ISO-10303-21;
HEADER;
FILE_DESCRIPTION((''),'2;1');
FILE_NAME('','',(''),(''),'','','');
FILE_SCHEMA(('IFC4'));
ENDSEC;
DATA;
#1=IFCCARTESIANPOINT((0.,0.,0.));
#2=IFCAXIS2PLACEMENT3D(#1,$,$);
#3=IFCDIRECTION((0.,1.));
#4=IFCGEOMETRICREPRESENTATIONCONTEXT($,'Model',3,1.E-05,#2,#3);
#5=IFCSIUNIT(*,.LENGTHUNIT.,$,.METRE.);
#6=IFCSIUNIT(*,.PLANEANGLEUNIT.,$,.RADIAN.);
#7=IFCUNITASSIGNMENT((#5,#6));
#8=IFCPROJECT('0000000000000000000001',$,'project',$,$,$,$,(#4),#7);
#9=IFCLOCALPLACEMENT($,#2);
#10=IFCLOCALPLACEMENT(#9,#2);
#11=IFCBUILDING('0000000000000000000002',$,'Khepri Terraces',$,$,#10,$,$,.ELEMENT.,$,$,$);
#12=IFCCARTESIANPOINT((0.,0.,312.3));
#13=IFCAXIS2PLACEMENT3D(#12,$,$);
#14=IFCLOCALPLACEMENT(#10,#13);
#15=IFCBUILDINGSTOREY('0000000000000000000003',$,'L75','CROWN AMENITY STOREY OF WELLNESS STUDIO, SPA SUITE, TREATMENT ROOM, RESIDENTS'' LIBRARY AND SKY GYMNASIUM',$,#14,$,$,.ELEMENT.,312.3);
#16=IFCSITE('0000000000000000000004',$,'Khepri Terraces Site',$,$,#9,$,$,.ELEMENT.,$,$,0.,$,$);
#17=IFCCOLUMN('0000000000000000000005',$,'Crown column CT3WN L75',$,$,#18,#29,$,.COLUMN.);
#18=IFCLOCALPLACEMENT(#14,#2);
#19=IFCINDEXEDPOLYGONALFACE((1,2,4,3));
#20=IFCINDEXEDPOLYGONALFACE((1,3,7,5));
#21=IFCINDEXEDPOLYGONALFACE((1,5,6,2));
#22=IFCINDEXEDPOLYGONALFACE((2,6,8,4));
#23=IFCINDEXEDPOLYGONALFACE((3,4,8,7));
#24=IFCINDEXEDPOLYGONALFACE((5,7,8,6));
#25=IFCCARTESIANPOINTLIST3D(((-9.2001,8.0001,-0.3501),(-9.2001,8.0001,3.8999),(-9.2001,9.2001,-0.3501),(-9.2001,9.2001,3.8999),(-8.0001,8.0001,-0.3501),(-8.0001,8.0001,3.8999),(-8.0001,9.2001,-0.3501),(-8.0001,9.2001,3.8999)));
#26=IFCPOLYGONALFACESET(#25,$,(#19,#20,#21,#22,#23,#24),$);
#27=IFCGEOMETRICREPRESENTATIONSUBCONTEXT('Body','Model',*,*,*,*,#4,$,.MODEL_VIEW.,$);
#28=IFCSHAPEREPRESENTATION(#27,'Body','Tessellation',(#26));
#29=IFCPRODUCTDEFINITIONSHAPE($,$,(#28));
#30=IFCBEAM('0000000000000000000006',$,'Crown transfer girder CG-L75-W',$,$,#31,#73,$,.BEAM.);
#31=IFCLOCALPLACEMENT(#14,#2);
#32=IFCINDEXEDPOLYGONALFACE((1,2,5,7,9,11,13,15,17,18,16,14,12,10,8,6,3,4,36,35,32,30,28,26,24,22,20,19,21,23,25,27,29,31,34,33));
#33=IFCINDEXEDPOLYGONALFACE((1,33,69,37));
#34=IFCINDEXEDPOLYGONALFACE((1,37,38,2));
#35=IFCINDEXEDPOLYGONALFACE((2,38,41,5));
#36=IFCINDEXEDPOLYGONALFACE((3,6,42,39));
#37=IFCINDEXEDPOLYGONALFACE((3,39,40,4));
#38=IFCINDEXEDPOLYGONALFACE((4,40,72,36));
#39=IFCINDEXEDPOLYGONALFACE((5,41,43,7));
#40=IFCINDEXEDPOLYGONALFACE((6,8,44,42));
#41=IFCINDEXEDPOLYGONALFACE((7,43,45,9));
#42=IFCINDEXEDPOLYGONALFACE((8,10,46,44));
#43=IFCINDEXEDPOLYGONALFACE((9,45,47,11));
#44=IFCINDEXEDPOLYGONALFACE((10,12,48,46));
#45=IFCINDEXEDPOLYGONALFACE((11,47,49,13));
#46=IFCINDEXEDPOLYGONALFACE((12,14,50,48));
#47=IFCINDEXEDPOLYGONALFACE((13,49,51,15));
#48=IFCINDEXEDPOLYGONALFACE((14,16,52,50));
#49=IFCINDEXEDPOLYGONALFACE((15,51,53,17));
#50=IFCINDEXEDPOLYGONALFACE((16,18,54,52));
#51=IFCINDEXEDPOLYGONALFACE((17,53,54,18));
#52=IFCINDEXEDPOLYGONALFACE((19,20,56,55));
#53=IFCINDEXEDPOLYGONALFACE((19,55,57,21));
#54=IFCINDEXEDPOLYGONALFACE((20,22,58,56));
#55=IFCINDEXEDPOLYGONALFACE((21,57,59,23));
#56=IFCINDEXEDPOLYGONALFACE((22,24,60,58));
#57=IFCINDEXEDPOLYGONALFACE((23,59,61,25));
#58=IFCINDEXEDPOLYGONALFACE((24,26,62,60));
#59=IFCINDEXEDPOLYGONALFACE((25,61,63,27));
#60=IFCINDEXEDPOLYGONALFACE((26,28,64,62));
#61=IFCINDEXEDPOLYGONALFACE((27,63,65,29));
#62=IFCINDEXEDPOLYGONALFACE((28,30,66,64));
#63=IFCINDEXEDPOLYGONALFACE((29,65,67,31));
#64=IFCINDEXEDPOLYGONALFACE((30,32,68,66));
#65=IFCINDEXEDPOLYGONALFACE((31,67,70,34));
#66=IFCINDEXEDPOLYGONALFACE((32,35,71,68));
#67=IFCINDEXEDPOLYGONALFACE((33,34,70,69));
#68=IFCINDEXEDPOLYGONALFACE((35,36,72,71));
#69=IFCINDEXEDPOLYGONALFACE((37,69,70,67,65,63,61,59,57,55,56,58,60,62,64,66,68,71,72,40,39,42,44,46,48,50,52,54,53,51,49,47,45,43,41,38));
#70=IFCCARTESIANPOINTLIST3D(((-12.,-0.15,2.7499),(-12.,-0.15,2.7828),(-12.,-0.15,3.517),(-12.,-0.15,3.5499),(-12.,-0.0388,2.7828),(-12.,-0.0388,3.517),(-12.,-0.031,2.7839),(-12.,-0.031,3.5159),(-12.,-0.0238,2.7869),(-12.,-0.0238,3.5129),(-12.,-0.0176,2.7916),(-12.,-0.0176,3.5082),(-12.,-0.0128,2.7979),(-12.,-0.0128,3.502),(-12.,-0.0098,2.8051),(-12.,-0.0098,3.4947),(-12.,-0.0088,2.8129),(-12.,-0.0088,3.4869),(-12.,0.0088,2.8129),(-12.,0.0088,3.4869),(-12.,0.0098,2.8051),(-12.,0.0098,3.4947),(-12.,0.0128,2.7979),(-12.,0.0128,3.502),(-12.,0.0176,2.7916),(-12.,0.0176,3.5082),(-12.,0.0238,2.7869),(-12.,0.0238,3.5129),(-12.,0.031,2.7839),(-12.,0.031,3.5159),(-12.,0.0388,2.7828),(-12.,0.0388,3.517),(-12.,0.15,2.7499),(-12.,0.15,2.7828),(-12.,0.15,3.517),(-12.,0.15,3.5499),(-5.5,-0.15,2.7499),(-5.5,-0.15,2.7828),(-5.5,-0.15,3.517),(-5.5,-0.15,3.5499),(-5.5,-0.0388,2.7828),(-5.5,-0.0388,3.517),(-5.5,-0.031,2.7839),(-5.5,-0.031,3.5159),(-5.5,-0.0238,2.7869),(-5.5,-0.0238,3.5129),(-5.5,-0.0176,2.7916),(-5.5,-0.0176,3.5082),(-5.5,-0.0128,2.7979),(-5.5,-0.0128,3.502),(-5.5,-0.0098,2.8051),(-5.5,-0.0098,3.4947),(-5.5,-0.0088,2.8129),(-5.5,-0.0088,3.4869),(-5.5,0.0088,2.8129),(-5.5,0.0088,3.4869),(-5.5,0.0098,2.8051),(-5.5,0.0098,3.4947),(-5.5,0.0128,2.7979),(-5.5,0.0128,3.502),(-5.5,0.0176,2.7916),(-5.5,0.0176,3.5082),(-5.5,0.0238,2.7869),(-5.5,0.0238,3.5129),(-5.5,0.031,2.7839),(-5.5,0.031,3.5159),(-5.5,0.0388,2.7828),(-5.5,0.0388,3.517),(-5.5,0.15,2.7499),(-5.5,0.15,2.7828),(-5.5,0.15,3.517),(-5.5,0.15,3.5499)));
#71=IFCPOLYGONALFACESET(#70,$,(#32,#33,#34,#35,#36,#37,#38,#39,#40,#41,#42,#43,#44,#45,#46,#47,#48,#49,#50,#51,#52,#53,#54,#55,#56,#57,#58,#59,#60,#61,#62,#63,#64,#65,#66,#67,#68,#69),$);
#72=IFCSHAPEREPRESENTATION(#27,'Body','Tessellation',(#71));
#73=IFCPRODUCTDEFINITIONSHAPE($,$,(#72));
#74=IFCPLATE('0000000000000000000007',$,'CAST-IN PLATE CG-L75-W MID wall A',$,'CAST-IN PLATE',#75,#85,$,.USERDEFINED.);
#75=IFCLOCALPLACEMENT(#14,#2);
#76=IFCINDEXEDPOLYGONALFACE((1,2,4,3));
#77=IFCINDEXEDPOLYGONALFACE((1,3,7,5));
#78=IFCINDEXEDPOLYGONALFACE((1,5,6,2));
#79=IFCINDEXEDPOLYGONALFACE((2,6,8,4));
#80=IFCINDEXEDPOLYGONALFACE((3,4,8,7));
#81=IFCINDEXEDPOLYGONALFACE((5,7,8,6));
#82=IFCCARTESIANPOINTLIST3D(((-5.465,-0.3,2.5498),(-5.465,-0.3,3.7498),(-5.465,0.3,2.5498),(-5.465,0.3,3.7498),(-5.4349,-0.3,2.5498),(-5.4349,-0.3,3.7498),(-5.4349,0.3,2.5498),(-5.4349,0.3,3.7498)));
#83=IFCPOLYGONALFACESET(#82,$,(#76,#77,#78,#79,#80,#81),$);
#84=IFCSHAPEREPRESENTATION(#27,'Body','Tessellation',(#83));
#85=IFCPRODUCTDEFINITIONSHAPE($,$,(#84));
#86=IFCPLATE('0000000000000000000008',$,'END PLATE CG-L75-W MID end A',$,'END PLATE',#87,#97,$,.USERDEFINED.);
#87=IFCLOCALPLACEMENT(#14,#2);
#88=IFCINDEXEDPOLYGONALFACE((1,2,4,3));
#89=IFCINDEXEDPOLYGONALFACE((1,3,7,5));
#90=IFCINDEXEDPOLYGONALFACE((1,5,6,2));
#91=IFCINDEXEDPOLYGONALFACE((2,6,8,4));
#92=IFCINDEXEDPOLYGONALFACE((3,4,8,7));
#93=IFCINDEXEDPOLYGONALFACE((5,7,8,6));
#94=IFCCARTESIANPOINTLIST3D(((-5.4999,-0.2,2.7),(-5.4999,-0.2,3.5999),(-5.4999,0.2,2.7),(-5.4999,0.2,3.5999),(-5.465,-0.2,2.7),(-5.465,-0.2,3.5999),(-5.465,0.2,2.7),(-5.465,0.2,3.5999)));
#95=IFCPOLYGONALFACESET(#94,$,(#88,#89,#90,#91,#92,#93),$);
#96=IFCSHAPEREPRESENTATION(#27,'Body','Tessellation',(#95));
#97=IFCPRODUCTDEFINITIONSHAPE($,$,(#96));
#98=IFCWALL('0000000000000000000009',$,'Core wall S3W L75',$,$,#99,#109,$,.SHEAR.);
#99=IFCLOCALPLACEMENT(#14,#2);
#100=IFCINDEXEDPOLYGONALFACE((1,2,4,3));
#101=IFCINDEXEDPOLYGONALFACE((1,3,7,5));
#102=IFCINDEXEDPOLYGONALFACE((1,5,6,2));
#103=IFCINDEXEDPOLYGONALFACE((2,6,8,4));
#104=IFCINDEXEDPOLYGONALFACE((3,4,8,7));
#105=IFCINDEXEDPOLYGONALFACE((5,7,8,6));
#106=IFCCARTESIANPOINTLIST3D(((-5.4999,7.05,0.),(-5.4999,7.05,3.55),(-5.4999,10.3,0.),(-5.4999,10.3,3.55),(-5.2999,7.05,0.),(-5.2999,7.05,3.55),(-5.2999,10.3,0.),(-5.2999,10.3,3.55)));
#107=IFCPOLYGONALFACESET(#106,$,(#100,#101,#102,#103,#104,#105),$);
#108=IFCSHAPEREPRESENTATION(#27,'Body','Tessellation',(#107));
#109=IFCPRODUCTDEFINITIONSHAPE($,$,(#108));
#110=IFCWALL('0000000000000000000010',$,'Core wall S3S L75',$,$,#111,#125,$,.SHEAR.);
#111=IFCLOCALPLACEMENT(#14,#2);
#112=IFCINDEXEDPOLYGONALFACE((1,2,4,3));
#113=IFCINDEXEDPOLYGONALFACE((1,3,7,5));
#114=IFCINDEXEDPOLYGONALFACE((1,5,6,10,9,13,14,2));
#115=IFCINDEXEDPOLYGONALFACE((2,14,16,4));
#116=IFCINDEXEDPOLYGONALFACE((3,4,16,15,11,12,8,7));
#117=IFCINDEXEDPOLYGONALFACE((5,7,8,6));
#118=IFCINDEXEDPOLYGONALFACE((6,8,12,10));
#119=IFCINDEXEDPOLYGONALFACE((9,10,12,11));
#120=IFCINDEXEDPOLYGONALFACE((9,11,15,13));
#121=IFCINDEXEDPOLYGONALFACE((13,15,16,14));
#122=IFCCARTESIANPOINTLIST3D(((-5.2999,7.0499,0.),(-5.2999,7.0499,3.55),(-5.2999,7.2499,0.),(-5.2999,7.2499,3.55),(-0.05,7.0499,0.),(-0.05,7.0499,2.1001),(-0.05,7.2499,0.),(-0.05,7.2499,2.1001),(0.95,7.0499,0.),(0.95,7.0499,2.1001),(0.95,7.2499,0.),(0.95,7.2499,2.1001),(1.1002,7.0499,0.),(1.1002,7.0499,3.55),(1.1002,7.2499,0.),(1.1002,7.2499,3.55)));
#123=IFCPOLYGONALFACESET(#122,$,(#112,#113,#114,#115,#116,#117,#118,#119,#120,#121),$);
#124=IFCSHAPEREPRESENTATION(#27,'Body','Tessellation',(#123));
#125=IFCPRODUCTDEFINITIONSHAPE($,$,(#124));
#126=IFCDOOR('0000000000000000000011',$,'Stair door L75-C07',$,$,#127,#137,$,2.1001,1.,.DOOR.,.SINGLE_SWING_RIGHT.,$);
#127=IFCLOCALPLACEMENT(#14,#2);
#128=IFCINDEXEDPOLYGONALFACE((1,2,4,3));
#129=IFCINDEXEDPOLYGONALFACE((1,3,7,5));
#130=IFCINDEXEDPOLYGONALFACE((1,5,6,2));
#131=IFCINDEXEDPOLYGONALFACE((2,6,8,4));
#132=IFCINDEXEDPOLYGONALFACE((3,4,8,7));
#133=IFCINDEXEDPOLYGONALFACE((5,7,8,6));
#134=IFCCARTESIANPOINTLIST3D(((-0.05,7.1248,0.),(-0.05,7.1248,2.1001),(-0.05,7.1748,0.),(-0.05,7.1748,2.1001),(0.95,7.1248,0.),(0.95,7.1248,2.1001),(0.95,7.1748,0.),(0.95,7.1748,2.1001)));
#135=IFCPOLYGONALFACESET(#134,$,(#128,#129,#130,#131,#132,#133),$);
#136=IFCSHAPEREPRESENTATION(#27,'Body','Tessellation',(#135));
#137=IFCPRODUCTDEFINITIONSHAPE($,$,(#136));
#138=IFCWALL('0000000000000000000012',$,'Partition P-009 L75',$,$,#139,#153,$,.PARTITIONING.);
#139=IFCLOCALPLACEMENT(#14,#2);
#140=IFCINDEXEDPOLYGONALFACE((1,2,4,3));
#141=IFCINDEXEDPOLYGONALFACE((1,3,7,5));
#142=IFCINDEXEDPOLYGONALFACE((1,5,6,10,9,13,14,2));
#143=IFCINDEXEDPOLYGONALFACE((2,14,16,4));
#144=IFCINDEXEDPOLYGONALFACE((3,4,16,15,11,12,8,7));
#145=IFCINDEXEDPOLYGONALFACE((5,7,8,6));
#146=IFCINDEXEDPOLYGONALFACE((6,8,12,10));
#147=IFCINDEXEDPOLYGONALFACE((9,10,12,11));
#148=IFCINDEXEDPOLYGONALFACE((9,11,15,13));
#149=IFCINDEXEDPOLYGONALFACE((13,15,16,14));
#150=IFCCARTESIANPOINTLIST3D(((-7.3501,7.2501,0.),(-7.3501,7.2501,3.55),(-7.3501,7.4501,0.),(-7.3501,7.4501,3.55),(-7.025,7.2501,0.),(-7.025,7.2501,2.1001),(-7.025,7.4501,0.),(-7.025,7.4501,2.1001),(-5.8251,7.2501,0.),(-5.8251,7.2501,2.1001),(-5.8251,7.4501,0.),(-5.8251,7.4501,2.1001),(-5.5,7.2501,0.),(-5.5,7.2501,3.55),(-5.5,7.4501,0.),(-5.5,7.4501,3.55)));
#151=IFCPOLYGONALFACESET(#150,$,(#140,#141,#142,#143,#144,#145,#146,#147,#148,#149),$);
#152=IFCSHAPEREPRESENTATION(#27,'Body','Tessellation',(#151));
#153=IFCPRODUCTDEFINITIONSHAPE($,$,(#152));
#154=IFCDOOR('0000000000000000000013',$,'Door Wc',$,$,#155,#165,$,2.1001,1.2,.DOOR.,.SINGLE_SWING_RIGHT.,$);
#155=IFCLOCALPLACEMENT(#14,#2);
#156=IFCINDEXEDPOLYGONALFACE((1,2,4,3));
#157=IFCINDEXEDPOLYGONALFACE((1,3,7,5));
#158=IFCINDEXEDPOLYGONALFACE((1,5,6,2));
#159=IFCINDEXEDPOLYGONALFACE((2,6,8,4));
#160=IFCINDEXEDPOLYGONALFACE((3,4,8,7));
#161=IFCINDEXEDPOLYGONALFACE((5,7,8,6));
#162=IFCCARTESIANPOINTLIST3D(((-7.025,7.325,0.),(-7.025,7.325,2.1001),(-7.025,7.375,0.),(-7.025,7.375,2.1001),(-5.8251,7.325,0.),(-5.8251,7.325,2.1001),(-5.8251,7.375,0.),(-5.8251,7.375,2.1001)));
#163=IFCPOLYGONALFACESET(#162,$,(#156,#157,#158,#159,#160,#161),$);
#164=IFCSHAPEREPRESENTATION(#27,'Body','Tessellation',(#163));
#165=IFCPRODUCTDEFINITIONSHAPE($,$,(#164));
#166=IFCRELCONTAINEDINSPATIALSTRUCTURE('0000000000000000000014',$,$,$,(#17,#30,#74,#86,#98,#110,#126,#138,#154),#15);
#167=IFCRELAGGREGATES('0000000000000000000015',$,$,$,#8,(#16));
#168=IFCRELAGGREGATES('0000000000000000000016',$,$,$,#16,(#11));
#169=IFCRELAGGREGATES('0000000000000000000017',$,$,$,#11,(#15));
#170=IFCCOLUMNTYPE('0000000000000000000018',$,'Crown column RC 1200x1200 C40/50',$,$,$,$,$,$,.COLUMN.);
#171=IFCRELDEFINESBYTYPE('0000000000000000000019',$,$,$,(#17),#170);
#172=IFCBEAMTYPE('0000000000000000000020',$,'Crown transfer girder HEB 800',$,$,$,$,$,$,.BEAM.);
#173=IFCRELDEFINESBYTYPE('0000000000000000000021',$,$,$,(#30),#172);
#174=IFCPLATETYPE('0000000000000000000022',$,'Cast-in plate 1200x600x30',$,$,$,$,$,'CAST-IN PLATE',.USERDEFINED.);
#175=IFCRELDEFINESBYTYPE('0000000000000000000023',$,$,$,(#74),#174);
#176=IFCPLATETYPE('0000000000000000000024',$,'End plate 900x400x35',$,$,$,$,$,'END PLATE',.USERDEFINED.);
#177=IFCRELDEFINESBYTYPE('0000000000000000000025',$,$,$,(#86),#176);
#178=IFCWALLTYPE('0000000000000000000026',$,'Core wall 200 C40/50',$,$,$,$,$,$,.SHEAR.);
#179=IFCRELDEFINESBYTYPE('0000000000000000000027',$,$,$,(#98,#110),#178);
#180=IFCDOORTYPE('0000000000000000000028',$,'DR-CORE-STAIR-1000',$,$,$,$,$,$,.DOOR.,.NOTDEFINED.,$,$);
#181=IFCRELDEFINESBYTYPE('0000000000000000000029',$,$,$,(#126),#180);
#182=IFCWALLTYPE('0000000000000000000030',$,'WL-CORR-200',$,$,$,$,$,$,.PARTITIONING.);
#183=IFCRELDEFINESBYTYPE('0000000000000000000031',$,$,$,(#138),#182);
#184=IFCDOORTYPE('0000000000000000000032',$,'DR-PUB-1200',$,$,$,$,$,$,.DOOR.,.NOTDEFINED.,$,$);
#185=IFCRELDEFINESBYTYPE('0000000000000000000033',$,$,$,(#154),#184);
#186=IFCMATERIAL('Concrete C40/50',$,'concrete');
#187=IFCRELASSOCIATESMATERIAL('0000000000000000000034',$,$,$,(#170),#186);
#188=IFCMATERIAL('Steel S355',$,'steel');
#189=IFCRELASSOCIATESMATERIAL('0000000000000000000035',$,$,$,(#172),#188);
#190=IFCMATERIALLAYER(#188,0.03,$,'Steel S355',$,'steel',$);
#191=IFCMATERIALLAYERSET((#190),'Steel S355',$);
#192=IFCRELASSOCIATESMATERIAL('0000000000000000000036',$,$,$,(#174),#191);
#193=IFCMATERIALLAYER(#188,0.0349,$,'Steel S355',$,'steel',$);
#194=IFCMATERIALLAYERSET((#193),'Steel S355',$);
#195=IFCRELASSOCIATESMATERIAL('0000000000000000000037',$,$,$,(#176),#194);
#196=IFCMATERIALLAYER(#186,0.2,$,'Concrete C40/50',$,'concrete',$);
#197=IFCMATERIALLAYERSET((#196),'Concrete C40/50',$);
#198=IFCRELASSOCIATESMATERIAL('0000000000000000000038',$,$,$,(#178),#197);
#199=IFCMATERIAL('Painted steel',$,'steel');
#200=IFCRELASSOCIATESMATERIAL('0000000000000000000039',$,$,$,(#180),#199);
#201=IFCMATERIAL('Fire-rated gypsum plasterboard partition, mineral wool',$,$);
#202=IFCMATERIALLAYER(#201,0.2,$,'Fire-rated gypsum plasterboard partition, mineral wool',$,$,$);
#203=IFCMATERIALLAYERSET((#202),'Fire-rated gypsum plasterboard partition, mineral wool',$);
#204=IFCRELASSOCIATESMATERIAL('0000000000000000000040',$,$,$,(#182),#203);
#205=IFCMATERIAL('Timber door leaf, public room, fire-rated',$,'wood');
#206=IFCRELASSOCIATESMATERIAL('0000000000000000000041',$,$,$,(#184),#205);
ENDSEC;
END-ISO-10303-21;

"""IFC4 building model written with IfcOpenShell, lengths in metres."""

from ifc_helpers import new_model, si_unit, direction, frame, frame_2d, origin, origin_2d, place, context, subcontext, project, spatial, rectangle, i_section, extrude, material, layer, layer_set, material_profile, profile_set, type_object, element, fill, save


model = new_model("IFC4")

# Units and contexts
model_context = context("Model", 3, precision=1e-05, world=origin(), true_north=direction((0.0, 1.0)))
body_context = subcontext(model_context, "Body", "Model", "MODEL_VIEW")
ifc_project = project(units=[si_unit("LENGTHUNIT", "METRE"), si_unit("PLANEANGLEUNIT", "RADIAN")], contexts=[model_context])

# Site, building, storey
site_placement = place(None, origin())
site = spatial("IfcSite", under=ifc_project, at=site_placement, Name="Khepri Terraces Site", CompositionType="ELEMENT", RefElevation=0.0)
building_placement = place(site_placement, origin())
building = spatial("IfcBuilding", under=site, at=building_placement, Name="Khepri Terraces", CompositionType="ELEMENT")
storey_placement = place(building_placement, frame((0.0, 0.0, 312.3)))
storey = spatial("IfcBuildingStorey", under=building, at=storey_placement, Name="L75", Description="CROWN AMENITY STOREY OF WELLNESS STUDIO, SPA SUITE, TREATMENT ROOM, RESIDENTS' LIBRARY AND SKY GYMNASIUM", CompositionType="ELEMENT", Elevation=312.3)

# Column
ifc_material_1 = material(Name="Concrete C40/50", Category="concrete")
ifc_material_profile_1 = material_profile(ifc_material_1, rectangle(XDim=1.2, YDim=1.2, at=origin_2d()), Name="Concrete C40/50", Category="concrete")
ifc_profile_set_1 = profile_set([ifc_material_profile_1], Name="Concrete C40/50")
column_type = type_object("IfcColumnType", Name="Crown column RC 1200x1200 C40/50", PredefinedType="COLUMN", material=ifc_profile_set_1)
column_placement = place(storey_placement, frame((-8.6001, 8.6001, -0.3501), z_axis=(0.0, 0.0, 1.0), x_axis=(1.0, 0.0, 0.0)))
element("IfcColumn", 1, at=column_placement, inside=storey, type_object=column_type, Name="Crown column CT3WN L75", PredefinedType="COLUMN", context=body_context, shape_type="SweptSolid", body=[
    extrude(rectangle(XDim=1.2, YDim=1.2, at=origin_2d()), origin(), (0.0, 0.0, 1.0), 4.25),
])

# Beam
ifc_material_2 = material(Name="Steel S355", Category="steel")
ifc_material_profile_2 = material_profile(ifc_material_2, i_section(OverallWidth=0.3, OverallDepth=0.8, WebThickness=0.0176, FlangeThickness=0.033, FilletRadius=0.03, at=origin_2d()), Name="Steel S355", Category="steel")
ifc_profile_set_2 = profile_set([ifc_material_profile_2], Name="Steel S355")
beam_type = type_object("IfcBeamType", Name="Crown transfer girder HEB 800", PredefinedType="BEAM", material=ifc_profile_set_2)
beam_placement = place(storey_placement, frame((-5.5, 0.0, 3.1499), z_axis=(-1.0, 0.0, 0.0), x_axis=(0.0, -1.0, 0.0)))
element("IfcBeam", 2, at=beam_placement, inside=storey, type_object=beam_type, Name="Crown transfer girder CG-L75-W", PredefinedType="BEAM", context=body_context, shape_type="SweptSolid", body=[
    extrude(i_section(OverallWidth=0.3, OverallDepth=0.8, WebThickness=0.0176, FlangeThickness=0.033, FilletRadius=0.03, at=origin_2d()), origin(), (0.0, 0.0, 1.0), 6.5),
])

# Plates
ifc_layer_1 = layer(ifc_material_2, 0.03, Name="Steel S355", Category="steel")
ifc_layer_set_1 = layer_set([ifc_layer_1], Name="Steel S355")
plate_type_1 = type_object("IfcPlateType", Name="Cast-in plate 1200x600x30", ElementType="CAST-IN PLATE", PredefinedType="USERDEFINED", material=ifc_layer_set_1)
plate_1_placement = place(storey_placement, frame((-5.45, 0.0, 2.5498), z_axis=(0.0, 0.0, 1.0), x_axis=(-1.0, 0.0, 0.0)))
element("IfcPlate", 3, at=plate_1_placement, inside=storey, type_object=plate_type_1, Name="CAST-IN PLATE CG-L75-W MID wall A", ObjectType="CAST-IN PLATE", PredefinedType="USERDEFINED", context=body_context, shape_type="SweptSolid", body=[
    extrude(rectangle(XDim=0.03, YDim=0.6001, at=origin_2d()), origin(), (0.0, 0.0, 1.0), 1.2),
])
ifc_layer_2 = layer(ifc_material_2, 0.0349, Name="Steel S355", Category="steel")
ifc_layer_set_2 = layer_set([ifc_layer_2], Name="Steel S355")
plate_type_2 = type_object("IfcPlateType", Name="End plate 900x400x35", ElementType="END PLATE", PredefinedType="USERDEFINED", material=ifc_layer_set_2)
plate_2_placement = place(storey_placement, frame((-5.4824, 0.0, 2.7), z_axis=(0.0, 0.0, 1.0), x_axis=(-1.0, 0.0, 0.0)))
element("IfcPlate", 4, at=plate_2_placement, inside=storey, type_object=plate_type_2, Name="END PLATE CG-L75-W MID end A", ObjectType="END PLATE", PredefinedType="USERDEFINED", context=body_context, shape_type="SweptSolid", body=[
    extrude(rectangle(XDim=0.0349, YDim=0.3999, at=origin_2d()), origin(), (0.0, 0.0, 1.0), 0.8999),
])

# Wall
ifc_layer_3 = layer(ifc_material_1, 0.2, Name="Concrete C40/50", Category="concrete")
ifc_layer_set_3 = layer_set([ifc_layer_3], Name="Concrete C40/50")
wall_type_1 = type_object("IfcWallType", Name="Core wall 200 C40/50", PredefinedType="SHEAR", material=ifc_layer_set_3)
wall_1_placement = place(storey_placement, frame((-5.3999, 7.05, 0.0), z_axis=(0.0, 0.0, 1.0), x_axis=(0.0, 1.0, 0.0)))
element("IfcWall", 5, at=wall_1_placement, inside=storey, type_object=wall_type_1, Name="Core wall S3W L75", PredefinedType="SHEAR", context=body_context, shape_type="SweptSolid", body=[
    extrude(rectangle(XDim=3.25, YDim=0.2, at=frame_2d((1.625, 0.0))), origin(), (0.0, 0.0, 1.0), 3.55),
])

# Walls, openings, doors
wall_2_placement = place(storey_placement, frame((-5.3, 7.1499, 0.0), z_axis=(0.0, 0.0, 1.0), x_axis=(1.0, 0.0, 0.0)))
wall_2 = element("IfcWall", 6, at=wall_2_placement, inside=storey, type_object=wall_type_1, Name="Core wall S3S L75", PredefinedType="SHEAR", context=body_context, shape_type="SweptSolid", body=[
    extrude(rectangle(XDim=6.4001, YDim=0.2, at=frame_2d((3.2002, 0.0))), origin(), (0.0, 0.0, 1.0), 3.55),
])
opening_1_placement = place(wall_2_placement, frame((5.25, 0.0, 0.0)))
opening_1 = element("IfcOpeningElement", 7, at=opening_1_placement, cuts=wall_2, PredefinedType="OPENING", context=body_context, shape_type="SweptSolid", body=[
    extrude(rectangle(XDim=1.0, YDim=2.1001, at=frame_2d((0.5, 1.05))), frame((0.0, 0.1099, 0.0), z_axis=(0.0, -1.0, 0.0), x_axis=(1.0, 0.0, 0.0)), (0.0, 0.0, 1.0), 0.22),
])
ifc_material_3 = material(Name="Painted steel", Category="steel")
door_type_1 = type_object("IfcDoorType", Name="DR-CORE-STAIR-1000", OperationType="NOTDEFINED", PredefinedType="DOOR", material=ifc_material_3)
door_1_placement = place(opening_1_placement, origin())
door_1 = element("IfcDoor", 8, at=door_1_placement, inside=storey, type_object=door_type_1, Name="Stair door L75-C07", OperationType="SINGLE_SWING_RIGHT", OverallHeight=2.1001, OverallWidth=1.0, PredefinedType="DOOR", context=body_context, shape_type="SweptSolid", body=[
    extrude(rectangle(XDim=1.0, YDim=2.1001, at=frame_2d((0.5, 1.05))), frame((0.0, 0.0249, 0.0), z_axis=(0.0, -1.0, 0.0), x_axis=(1.0, 0.0, 0.0)), (0.0, 0.0, 1.0), 0.05),
])
fill(opening_1, door_1)
ifc_material_4 = material(Name="Fire-rated gypsum plasterboard partition, mineral wool")
ifc_layer_4 = layer(ifc_material_4, 0.2, Name="Fire-rated gypsum plasterboard partition, mineral wool")
ifc_layer_set_4 = layer_set([ifc_layer_4], Name="Fire-rated gypsum plasterboard partition, mineral wool")
wall_type_2 = type_object("IfcWallType", Name="WL-CORR-200", PredefinedType="PARTITIONING", material=ifc_layer_set_4)
wall_3_placement = place(storey_placement, frame((-7.3501, 7.3501, 0.0), z_axis=(0.0, 0.0, 1.0), x_axis=(1.0, 0.0, 0.0)))
wall_3 = element("IfcWall", 9, at=wall_3_placement, inside=storey, type_object=wall_type_2, Name="Partition P-009 L75", PredefinedType="PARTITIONING", context=body_context, shape_type="SweptSolid", body=[
    extrude(rectangle(XDim=1.8501, YDim=0.2, at=frame_2d((0.925, 0.0))), origin(), (0.0, 0.0, 1.0), 3.55),
])
opening_2_placement = place(wall_3_placement, frame((0.325, 0.0, 0.0)))
opening_2 = element("IfcOpeningElement", 10, at=opening_2_placement, cuts=wall_3, PredefinedType="OPENING", context=body_context, shape_type="SweptSolid", body=[
    extrude(rectangle(XDim=1.2, YDim=2.1001, at=frame_2d((0.6001, 1.05))), frame((0.0, 0.1099, 0.0), z_axis=(0.0, -1.0, 0.0), x_axis=(1.0, 0.0, 0.0)), (0.0, 0.0, 1.0), 0.22),
])
ifc_material_5 = material(Name="Timber door leaf, public room, fire-rated", Category="wood")
door_type_2 = type_object("IfcDoorType", Name="DR-PUB-1200", OperationType="NOTDEFINED", PredefinedType="DOOR", material=ifc_material_5)
door_2_placement = place(opening_2_placement, origin())
door_2 = element("IfcDoor", 11, at=door_2_placement, inside=storey, type_object=door_type_2, Name="Door Wc", OperationType="SINGLE_SWING_RIGHT", OverallHeight=2.1001, OverallWidth=1.2, PredefinedType="DOOR", context=body_context, shape_type="SweptSolid", body=[
    extrude(rectangle(XDim=1.2, YDim=2.1001, at=frame_2d((0.6001, 1.05))), frame((0.0, 0.0249, 0.0), z_axis=(0.0, -1.0, 0.0), x_axis=(1.0, 0.0, 0.0)), (0.0, 0.0, 1.0), 0.05),
])
fill(opening_2, door_2)

save(model, "model.ifc")
